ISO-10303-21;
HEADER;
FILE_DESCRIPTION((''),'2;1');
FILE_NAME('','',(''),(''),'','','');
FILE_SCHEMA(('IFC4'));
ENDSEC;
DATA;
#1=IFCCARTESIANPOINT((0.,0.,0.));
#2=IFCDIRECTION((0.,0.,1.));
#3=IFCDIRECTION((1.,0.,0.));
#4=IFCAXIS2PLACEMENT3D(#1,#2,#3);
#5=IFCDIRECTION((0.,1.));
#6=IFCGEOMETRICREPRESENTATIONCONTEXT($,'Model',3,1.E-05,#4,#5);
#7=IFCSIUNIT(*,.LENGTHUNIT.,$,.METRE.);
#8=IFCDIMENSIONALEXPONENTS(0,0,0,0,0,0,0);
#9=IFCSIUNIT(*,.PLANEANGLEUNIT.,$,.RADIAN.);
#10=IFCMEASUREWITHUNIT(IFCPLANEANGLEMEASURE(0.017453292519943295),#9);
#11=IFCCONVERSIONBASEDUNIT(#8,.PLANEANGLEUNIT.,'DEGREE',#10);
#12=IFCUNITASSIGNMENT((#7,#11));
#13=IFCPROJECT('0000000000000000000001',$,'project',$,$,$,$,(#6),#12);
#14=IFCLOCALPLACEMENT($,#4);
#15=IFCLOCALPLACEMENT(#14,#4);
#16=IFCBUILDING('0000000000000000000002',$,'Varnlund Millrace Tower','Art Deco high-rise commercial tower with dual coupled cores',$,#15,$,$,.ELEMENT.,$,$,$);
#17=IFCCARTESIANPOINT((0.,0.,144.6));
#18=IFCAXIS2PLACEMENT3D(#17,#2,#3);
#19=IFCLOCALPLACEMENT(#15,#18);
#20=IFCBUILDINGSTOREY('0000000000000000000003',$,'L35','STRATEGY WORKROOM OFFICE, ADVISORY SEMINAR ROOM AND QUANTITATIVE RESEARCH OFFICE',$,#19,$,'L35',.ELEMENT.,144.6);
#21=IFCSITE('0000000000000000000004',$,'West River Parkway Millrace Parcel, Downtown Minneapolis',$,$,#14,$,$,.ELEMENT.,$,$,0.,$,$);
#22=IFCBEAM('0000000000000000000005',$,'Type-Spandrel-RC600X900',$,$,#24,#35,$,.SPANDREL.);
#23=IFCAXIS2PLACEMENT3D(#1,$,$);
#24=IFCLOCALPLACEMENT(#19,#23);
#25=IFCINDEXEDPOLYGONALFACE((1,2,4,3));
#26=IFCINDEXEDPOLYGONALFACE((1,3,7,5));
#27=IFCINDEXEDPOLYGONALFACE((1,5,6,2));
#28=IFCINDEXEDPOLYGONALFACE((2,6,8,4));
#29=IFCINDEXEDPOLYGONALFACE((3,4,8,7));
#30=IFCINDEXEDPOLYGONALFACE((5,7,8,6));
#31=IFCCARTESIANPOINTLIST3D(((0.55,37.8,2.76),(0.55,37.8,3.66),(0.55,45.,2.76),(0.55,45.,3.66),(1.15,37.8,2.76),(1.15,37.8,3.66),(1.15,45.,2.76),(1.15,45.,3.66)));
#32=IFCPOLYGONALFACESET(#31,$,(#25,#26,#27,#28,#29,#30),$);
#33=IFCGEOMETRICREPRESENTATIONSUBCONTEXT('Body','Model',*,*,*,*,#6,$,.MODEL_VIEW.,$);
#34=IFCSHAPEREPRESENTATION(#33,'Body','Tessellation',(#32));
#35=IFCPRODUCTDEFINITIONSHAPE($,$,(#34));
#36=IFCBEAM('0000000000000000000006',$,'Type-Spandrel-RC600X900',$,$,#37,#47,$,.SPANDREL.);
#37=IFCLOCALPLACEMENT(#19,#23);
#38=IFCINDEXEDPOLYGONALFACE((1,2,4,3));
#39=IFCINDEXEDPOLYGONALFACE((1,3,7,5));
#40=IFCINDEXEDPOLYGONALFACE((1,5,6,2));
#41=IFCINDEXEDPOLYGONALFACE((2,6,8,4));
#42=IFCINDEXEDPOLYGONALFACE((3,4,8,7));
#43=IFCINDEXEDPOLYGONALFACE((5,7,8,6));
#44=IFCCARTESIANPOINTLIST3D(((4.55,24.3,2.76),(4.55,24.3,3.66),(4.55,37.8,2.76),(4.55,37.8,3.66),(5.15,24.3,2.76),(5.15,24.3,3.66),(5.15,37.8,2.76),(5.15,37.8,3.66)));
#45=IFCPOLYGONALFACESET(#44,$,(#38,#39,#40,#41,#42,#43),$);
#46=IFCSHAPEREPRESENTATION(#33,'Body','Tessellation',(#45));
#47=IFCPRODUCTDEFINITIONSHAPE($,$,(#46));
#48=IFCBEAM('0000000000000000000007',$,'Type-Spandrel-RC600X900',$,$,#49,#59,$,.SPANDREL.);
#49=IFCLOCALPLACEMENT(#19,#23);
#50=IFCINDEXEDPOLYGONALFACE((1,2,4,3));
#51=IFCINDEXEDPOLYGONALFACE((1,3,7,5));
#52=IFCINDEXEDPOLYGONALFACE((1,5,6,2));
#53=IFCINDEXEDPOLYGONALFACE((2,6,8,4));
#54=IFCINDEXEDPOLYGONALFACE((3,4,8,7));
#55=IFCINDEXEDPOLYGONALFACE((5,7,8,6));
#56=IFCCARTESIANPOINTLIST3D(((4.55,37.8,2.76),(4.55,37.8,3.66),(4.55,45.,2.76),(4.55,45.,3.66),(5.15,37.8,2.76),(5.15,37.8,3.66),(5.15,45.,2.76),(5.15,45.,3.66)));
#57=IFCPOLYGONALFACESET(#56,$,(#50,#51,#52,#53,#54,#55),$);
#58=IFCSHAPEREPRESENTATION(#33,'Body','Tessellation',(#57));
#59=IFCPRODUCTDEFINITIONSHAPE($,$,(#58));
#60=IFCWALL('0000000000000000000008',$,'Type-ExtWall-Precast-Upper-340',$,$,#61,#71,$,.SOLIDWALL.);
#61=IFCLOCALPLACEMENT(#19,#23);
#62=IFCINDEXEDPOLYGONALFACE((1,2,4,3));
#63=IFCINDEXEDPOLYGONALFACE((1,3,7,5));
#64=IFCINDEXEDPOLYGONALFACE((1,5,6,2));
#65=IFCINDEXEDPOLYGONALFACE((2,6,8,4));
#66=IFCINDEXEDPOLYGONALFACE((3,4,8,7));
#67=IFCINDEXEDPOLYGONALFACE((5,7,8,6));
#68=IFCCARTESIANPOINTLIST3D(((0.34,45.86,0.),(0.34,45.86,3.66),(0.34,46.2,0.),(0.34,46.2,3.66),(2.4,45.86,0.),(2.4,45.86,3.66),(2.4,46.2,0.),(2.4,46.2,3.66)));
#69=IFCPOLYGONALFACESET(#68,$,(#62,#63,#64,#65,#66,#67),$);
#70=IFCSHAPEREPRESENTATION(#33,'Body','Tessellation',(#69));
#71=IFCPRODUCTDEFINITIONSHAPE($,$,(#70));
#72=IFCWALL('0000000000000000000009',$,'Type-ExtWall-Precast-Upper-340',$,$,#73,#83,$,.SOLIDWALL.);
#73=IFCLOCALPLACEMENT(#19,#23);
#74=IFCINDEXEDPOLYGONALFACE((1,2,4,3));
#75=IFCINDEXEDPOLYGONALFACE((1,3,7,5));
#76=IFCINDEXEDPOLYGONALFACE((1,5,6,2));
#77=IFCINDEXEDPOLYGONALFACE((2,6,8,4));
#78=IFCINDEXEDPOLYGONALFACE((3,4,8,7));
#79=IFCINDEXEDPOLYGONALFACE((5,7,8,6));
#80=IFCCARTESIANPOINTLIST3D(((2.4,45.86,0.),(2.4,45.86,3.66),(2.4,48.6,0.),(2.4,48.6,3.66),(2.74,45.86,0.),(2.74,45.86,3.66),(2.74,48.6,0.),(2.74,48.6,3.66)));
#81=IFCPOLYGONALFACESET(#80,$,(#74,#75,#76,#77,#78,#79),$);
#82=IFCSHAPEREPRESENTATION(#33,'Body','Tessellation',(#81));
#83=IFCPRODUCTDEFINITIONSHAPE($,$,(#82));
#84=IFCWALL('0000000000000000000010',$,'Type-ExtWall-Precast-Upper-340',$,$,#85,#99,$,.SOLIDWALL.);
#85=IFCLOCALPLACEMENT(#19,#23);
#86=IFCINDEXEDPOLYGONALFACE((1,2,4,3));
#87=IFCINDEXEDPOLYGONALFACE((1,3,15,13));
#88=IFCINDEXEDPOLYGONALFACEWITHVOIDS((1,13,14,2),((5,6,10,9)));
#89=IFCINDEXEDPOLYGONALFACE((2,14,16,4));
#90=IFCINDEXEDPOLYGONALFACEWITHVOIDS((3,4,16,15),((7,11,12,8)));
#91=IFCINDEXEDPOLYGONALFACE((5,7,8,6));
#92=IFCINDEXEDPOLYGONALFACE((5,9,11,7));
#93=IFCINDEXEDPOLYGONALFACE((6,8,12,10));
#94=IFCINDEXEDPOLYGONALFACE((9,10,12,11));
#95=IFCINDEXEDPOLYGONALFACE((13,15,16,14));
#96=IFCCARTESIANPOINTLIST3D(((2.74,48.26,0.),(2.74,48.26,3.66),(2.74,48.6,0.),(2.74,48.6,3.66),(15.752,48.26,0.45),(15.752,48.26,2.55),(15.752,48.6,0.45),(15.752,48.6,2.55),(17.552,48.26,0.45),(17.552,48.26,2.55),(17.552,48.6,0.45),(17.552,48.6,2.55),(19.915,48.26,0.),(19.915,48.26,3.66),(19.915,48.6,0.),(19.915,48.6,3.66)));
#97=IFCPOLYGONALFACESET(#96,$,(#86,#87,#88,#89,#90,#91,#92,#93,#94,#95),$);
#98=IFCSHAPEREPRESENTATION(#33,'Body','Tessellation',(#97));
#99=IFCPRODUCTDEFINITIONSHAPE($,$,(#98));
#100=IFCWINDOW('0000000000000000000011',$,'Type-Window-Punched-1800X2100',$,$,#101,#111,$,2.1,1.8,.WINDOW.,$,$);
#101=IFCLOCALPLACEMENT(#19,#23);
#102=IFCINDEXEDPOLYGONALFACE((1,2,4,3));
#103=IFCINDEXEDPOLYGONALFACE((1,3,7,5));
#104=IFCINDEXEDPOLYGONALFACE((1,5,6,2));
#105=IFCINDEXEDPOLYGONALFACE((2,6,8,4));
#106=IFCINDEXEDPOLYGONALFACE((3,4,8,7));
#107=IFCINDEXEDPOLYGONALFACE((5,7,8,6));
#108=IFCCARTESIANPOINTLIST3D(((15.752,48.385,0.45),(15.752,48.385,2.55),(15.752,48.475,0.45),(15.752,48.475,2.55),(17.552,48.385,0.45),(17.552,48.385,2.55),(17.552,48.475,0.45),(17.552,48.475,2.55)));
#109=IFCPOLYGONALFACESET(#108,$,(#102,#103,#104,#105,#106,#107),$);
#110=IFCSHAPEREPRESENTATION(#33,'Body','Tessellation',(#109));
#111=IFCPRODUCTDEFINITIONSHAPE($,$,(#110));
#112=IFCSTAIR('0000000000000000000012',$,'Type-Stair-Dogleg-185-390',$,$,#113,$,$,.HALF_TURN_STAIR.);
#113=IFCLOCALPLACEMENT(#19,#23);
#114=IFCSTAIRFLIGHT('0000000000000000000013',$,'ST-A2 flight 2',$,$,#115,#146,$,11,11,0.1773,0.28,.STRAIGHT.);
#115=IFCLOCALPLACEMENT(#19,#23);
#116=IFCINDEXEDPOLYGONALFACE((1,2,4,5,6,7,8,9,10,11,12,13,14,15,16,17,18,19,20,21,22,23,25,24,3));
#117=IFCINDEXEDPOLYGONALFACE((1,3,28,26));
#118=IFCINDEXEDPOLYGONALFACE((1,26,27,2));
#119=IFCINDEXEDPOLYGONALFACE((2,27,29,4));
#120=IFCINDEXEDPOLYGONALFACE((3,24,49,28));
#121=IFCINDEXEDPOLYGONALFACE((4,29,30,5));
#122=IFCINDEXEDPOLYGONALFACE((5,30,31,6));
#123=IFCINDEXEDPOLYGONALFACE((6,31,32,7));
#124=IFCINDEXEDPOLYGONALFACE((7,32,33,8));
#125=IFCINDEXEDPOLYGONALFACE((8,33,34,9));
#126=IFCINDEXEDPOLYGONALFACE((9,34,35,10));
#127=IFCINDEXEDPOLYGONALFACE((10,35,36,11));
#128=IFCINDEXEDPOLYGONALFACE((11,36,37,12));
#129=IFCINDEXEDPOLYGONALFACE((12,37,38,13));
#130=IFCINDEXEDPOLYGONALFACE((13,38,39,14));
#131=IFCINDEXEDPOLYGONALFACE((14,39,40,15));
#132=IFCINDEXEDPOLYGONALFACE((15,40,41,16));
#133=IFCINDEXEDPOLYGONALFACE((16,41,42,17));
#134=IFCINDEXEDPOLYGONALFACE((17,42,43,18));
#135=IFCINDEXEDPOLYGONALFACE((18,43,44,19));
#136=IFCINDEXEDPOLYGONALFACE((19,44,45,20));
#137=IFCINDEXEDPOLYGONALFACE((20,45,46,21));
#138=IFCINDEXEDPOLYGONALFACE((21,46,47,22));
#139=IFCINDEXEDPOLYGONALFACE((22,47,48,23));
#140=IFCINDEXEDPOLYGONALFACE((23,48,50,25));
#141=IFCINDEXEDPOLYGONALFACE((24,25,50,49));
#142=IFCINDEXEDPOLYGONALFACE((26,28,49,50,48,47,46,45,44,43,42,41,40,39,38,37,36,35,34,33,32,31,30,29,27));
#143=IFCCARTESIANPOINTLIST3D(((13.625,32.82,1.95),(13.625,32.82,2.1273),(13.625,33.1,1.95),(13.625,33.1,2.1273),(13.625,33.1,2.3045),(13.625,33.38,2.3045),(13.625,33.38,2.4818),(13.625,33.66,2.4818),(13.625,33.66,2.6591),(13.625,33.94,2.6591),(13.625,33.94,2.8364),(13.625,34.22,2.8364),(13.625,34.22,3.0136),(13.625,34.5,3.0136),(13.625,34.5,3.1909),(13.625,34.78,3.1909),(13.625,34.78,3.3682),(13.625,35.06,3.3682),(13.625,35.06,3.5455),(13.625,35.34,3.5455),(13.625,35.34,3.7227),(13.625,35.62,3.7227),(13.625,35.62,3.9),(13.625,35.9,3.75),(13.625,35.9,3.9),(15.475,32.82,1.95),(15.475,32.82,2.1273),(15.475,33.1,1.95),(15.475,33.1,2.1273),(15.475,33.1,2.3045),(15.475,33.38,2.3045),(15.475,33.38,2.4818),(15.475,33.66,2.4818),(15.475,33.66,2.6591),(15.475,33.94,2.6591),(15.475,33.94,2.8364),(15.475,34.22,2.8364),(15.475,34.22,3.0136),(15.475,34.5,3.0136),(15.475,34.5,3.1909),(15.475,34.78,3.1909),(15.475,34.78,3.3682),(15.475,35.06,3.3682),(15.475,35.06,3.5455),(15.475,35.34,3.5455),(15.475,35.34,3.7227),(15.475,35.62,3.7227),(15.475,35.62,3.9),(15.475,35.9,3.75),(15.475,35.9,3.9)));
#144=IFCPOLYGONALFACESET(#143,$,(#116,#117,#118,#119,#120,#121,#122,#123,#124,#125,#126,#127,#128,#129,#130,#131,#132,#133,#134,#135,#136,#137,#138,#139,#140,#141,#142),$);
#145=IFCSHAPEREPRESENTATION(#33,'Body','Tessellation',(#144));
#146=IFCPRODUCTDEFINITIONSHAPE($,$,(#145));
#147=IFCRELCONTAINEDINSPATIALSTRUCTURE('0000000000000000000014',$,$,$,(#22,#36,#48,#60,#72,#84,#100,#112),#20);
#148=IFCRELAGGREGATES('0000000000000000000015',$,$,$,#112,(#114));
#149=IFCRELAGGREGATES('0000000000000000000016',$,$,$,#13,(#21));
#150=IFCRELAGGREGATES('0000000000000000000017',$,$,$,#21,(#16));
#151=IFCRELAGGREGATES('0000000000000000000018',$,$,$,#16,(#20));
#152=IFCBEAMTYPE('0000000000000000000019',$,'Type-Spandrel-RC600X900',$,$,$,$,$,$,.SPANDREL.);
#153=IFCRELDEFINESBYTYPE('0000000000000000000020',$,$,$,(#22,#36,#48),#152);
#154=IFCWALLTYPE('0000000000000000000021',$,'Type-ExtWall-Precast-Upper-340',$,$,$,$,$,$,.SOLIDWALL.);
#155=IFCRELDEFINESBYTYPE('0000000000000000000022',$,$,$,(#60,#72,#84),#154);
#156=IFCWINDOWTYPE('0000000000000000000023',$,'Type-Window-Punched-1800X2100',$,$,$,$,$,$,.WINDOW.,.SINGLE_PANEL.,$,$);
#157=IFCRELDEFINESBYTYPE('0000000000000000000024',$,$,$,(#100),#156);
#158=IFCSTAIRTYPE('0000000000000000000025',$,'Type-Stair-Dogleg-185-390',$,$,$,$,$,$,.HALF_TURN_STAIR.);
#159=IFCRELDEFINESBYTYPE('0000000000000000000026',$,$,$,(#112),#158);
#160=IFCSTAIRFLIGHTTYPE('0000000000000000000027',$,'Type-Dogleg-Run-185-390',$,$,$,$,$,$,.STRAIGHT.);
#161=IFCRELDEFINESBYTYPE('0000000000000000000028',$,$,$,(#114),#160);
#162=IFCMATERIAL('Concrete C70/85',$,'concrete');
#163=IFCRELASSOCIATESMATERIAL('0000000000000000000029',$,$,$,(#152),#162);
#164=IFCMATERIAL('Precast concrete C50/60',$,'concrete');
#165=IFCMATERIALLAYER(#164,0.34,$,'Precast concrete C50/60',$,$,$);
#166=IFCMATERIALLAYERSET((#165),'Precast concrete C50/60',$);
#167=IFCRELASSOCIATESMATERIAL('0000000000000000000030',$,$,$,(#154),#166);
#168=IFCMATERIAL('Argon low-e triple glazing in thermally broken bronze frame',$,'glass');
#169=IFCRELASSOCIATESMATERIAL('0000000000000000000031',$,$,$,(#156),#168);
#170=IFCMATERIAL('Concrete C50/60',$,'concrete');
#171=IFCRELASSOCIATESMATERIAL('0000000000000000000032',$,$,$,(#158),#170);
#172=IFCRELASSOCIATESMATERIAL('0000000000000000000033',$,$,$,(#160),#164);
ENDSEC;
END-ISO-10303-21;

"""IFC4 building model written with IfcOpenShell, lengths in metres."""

from ifc_helpers import new_model, entity, si_unit, converted_unit, direction, frame, origin_with_axes, origin_2d_with_axis, place, context, subcontext, project, spatial, polyline, rectangle, outline, extrude, material, layer, layer_set, material_profile, profile_set, type_object, element, fill, aggregate, save


model = new_model("IFC4")

# Units and contexts
model_context = context("Model", 3, precision=1e-05, world=origin_with_axes(), true_north=direction((0.0, 1.0)))
body_context = subcontext(model_context, "Body", "Model", "MODEL_VIEW")
ifc_project = project(units=[si_unit("LENGTHUNIT", "METRE"), converted_unit("PLANEANGLEUNIT", "DEGREE", entity("IfcPlaneAngleMeasure", 0.017453292519943295), si_unit("PLANEANGLEUNIT", "RADIAN"), dimensions=[0, 0, 0, 0, 0, 0, 0])], contexts=[model_context])

# Site, building, storey
site_placement = place(None, origin_with_axes())
site = spatial("IfcSite", under=ifc_project, at=site_placement, Name="West River Parkway Millrace Parcel, Downtown Minneapolis", CompositionType="ELEMENT", RefElevation=0.0)
building_placement = place(site_placement, origin_with_axes())
building = spatial("IfcBuilding", under=site, at=building_placement, Name="Varnlund Millrace Tower", Description="Art Deco high-rise commercial tower with dual coupled cores", CompositionType="ELEMENT")
storey_placement = place(building_placement, frame((0.0, 0.0, 144.6), z_axis=(0.0, 0.0, 1.0), x_axis=(1.0, 0.0, 0.0)))
storey = spatial("IfcBuildingStorey", under=building, at=storey_placement, Name="L35", Description="STRATEGY WORKROOM OFFICE, ADVISORY SEMINAR ROOM AND QUANTITATIVE RESEARCH OFFICE", LongName="L35", CompositionType="ELEMENT", Elevation=144.6)

# Beams
ifc_material_1 = material(Name="Concrete C70/85", Category="concrete")
ifc_material_profile_1 = material_profile(ifc_material_1, rectangle(XDim=0.6, YDim=0.9, at=origin_2d_with_axis()), Name="Concrete C70/85")
ifc_profile_set_1 = profile_set([ifc_material_profile_1], Name="Concrete C70/85")
beam_type_1 = type_object("IfcBeamType", Name="Type-Spandrel-RC600X900", PredefinedType="SPANDREL", material=ifc_profile_set_1)
beam_1_placement = place(storey_placement, frame((0.85, 37.8, 3.21), z_axis=(0.0, 1.0, 0.0), x_axis=(-1.0, 0.0, 0.0)))
element("IfcBeam", 1, at=beam_1_placement, inside=storey, type_object=beam_type_1, Name="Type-Spandrel-RC600X900", PredefinedType="SPANDREL", context=body_context, shape_type="SweptSolid", body=[
    extrude(rectangle(XDim=0.6, YDim=0.9, at=origin_2d_with_axis()), origin_with_axes(), (0.0, 0.0, 1.0), 7.2),
])
beam_2_placement = place(storey_placement, frame((4.85, 24.3, 3.21), z_axis=(0.0, 1.0, 0.0), x_axis=(-1.0, 0.0, 0.0)))
element("IfcBeam", 2, at=beam_2_placement, inside=storey, type_object=beam_type_1, Name="Type-Spandrel-RC600X900", PredefinedType="SPANDREL", context=body_context, shape_type="SweptSolid", body=[
    extrude(rectangle(XDim=0.6, YDim=0.9, at=origin_2d_with_axis()), origin_with_axes(), (0.0, 0.0, 1.0), 13.5),
])
beam_3_placement = place(storey_placement, frame((4.85, 37.8, 3.21), z_axis=(0.0, 1.0, 0.0), x_axis=(-1.0, 0.0, 0.0)))
element("IfcBeam", 3, at=beam_3_placement, inside=storey, type_object=beam_type_1, Name="Type-Spandrel-RC600X900", PredefinedType="SPANDREL", context=body_context, shape_type="SweptSolid", body=[
    extrude(rectangle(XDim=0.6, YDim=0.9, at=origin_2d_with_axis()), origin_with_axes(), (0.0, 0.0, 1.0), 7.2),
])

# Walls
ifc_material_2 = material(Name="Precast concrete C50/60", Category="concrete")
ifc_layer = layer(ifc_material_2, 0.34, Name="Precast concrete C50/60")
ifc_layer_set = layer_set([ifc_layer], Name="Precast concrete C50/60")
wall_type = type_object("IfcWallType", Name="Type-ExtWall-Precast-Upper-340", PredefinedType="SOLIDWALL", material=ifc_layer_set)
wall_1_placement = place(storey_placement, frame((0.34, 46.03, 0.0), z_axis=(0.0, 0.0, 1.0), x_axis=(1.0, 0.0, 0.0)))
element("IfcWall", 4, at=wall_1_placement, inside=storey, type_object=wall_type, Name="Type-ExtWall-Precast-Upper-340", PredefinedType="SOLIDWALL", context=body_context, shape_type="SweptSolid", body=[
    extrude(outline(polyline([(0.0, -0.17), (2.06, -0.17), (2.06, 0.17), (0.0, 0.17), (0.0, -0.17)])), origin_with_axes(), (0.0, 0.0, 1.0), 3.66),
])
wall_2_placement = place(storey_placement, frame((2.57, 45.86, 0.0), z_axis=(0.0, 0.0, 1.0), x_axis=(0.0, 1.0, 0.0)))
element("IfcWall", 5, at=wall_2_placement, inside=storey, type_object=wall_type, Name="Type-ExtWall-Precast-Upper-340", PredefinedType="SOLIDWALL", context=body_context, shape_type="SweptSolid", body=[
    extrude(outline(polyline([(0.0, -0.17), (2.74, -0.17), (2.74, 0.17), (0.0, 0.17), (0.0, -0.17)])), origin_with_axes(), (0.0, 0.0, 1.0), 3.66),
])

# Wall, opening, window
wall_3_placement = place(storey_placement, frame((2.74, 48.43, 0.0), z_axis=(0.0, 0.0, 1.0), x_axis=(1.0, 0.0, 0.0)))
wall_3 = element("IfcWall", 6, at=wall_3_placement, inside=storey, type_object=wall_type, Name="Type-ExtWall-Precast-Upper-340", PredefinedType="SOLIDWALL", context=body_context, shape_type="SweptSolid", body=[
    extrude(outline(polyline([(0.0, -0.17), (17.175, -0.17), (17.175, 0.17), (0.0, 0.17), (0.0, -0.17)])), origin_with_axes(), (0.0, 0.0, 1.0), 3.66),
])
opening_placement = place(wall_3_placement, frame((13.912, 0.0, 0.45), z_axis=(0.0, 0.0, 1.0), x_axis=(1.0, 0.0, 0.0)))
opening = element("IfcOpeningElement", 7, at=opening_placement, cuts=wall_3, PredefinedType="OPENING", context=body_context, shape_type="SweptSolid", body=[
    extrude(rectangle(XDim=1.8, YDim=0.36, at=origin_2d_with_axis()), origin_with_axes(), (0.0, 0.0, 1.0), 2.1),
])
ifc_material_3 = material(Name="Argon low-e triple glazing in thermally broken bronze frame", Category="glass")
window_type = type_object("IfcWindowType", Name="Type-Window-Punched-1800X2100", PartitioningType="SINGLE_PANEL", PredefinedType="WINDOW", material=ifc_material_3)
window_placement = place(wall_3_placement, frame((13.912, 0.0, 0.45), z_axis=(0.0, 0.0, 1.0), x_axis=(1.0, 0.0, 0.0)))
window = element("IfcWindow", 8, at=window_placement, inside=storey, type_object=window_type, Name="Type-Window-Punched-1800X2100", OverallHeight=2.1, OverallWidth=1.8, PredefinedType="WINDOW", context=body_context, shape_type="SweptSolid", body=[
    extrude(rectangle(XDim=1.8, YDim=0.09, at=origin_2d_with_axis()), origin_with_axes(), (0.0, 0.0, 1.0), 2.1),
])
fill(opening, window)

# Stair, stair flight
ifc_material_4 = material(Name="Concrete C50/60", Category="concrete")
stair_type = type_object("IfcStairType", Name="Type-Stair-Dogleg-185-390", PredefinedType="HALF_TURN_STAIR", material=ifc_material_4)
stair_placement = place(storey_placement, origin_with_axes())
stair = element("IfcStair", 9, at=stair_placement, inside=storey, type_object=stair_type, Name="Type-Stair-Dogleg-185-390", PredefinedType="HALF_TURN_STAIR")
stair_flight_type = type_object("IfcStairFlightType", Name="Type-Dogleg-Run-185-390", PredefinedType="STRAIGHT", material=ifc_material_2)
stair_flight_placement = place(storey_placement, frame((13.625, 32.82, 1.95), z_axis=(1.0, 0.0, 0.0), x_axis=(0.0, 1.0, 0.0)))
stair_flight = element("IfcStairFlight", 10, at=stair_flight_placement, type_object=stair_flight_type, Name="ST-A2 flight 2", NumberOfRisers=11, NumberOfTreads=11, PredefinedType="STRAIGHT", RiserHeight=0.1773, TreadLength=0.28, context=body_context, shape_type="SweptSolid", body=[
    extrude(outline(polyline([(0.0, 0.0), (0.0, 0.1773), (0.28, 0.1773), (0.28, 0.3545), (0.56, 0.3545), (0.56, 0.5318), (0.84, 0.5318), (0.84, 0.7091), (1.12, 0.7091), (1.12, 0.8864), (1.4, 0.8864), (1.4, 1.0636), (1.68, 1.0636), (1.68, 1.2409), (1.96, 1.2409), (1.96, 1.4182), (2.24, 1.4182), (2.24, 1.5955), (2.52, 1.5955), (2.52, 1.7727), (2.8, 1.7727), (2.8, 1.95), (3.08, 1.95), (3.08, 1.8), (0.28, 0.0), (0.0, 0.0)])), origin_with_axes(), (0.0, 0.0, 1.0), 1.85),
])
aggregate(stair, [stair_flight])

save(model, "model.ifc")
